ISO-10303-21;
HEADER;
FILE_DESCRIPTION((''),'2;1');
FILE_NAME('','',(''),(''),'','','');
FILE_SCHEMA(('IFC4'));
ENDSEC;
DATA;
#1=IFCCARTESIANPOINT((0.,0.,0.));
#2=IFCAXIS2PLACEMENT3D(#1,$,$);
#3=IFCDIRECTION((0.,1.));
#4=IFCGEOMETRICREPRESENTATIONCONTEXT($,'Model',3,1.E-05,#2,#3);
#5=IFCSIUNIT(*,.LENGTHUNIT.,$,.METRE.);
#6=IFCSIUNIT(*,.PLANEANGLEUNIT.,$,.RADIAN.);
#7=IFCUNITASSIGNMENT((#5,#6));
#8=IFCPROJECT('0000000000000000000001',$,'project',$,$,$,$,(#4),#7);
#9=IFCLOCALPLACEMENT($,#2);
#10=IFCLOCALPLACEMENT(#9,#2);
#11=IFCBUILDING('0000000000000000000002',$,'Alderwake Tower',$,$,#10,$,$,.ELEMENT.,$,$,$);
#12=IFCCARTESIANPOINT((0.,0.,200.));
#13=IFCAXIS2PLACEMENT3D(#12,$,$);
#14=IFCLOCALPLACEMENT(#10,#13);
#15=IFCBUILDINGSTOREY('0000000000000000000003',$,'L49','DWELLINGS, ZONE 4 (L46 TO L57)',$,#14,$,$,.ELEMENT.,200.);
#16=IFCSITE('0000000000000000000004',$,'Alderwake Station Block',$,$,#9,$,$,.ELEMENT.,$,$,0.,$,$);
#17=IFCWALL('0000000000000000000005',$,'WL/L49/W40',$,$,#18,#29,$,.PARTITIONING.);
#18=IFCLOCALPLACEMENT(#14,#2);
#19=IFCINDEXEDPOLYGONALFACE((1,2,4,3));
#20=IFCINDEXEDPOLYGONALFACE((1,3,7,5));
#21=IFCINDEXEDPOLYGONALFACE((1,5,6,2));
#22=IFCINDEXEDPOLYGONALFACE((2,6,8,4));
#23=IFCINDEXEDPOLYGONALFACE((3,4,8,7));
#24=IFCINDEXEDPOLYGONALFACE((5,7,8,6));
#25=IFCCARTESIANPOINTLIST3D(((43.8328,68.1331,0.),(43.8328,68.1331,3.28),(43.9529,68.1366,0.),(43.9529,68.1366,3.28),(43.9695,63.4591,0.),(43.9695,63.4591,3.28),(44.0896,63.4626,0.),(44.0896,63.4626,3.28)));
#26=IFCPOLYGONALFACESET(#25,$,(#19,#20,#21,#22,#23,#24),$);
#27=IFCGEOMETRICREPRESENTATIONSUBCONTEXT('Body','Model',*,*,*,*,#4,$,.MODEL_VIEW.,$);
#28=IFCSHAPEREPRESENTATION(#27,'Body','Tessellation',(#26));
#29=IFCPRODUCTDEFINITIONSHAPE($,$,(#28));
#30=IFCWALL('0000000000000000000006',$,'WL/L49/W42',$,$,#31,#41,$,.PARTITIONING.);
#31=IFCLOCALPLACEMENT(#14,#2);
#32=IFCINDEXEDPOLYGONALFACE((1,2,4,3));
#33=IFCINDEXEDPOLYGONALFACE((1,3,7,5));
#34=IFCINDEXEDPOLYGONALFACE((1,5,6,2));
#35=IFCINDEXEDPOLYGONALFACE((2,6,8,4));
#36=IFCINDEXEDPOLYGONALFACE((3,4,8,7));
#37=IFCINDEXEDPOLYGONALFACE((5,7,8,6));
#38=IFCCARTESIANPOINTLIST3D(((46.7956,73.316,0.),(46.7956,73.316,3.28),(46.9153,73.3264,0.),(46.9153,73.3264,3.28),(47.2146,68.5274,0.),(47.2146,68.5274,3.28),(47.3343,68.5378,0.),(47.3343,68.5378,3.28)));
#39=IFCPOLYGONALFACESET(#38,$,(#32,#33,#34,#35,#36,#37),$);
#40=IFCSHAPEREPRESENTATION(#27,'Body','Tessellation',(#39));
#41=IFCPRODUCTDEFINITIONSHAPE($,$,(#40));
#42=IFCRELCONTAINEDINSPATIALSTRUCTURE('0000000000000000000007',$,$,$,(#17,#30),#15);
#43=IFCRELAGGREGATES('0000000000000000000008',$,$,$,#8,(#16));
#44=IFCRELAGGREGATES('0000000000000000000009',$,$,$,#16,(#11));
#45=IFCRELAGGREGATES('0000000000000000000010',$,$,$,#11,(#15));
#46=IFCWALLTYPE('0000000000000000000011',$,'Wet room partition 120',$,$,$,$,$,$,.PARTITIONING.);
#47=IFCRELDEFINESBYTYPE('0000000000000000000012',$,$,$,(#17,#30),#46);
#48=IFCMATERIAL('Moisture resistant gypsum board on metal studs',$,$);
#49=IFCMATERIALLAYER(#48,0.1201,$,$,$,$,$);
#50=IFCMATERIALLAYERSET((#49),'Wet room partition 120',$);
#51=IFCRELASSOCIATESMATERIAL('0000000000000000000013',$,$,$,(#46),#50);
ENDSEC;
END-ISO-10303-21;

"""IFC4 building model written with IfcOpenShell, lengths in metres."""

from ifc_helpers import new_model, si_unit, direction, frame, frame_2d, origin, place, context, subcontext, project, spatial, rectangle, extrude, material, layer, layer_set, type_object, element, save


model = new_model("IFC4")

# Units and contexts
model_context = context("Model", 3, precision=1e-05, world=origin(), true_north=direction((0.0, 1.0)))
body_context = subcontext(model_context, "Body", "Model", "MODEL_VIEW")
ifc_project = project(units=[si_unit("LENGTHUNIT", "METRE"), si_unit("PLANEANGLEUNIT", "RADIAN")], contexts=[model_context])

# Site, building, storey
site_placement = place(None, origin())
site = spatial("IfcSite", under=ifc_project, at=site_placement, Name="Alderwake Station Block", CompositionType="ELEMENT", RefElevation=0.0)
building_placement = place(site_placement, origin())
building = spatial("IfcBuilding", under=site, at=building_placement, Name="Alderwake Tower", CompositionType="ELEMENT")
storey_placement = place(building_placement, frame((0.0, 0.0, 200.0)))
storey = spatial("IfcBuildingStorey", under=building, at=storey_placement, Name="L49", Description="DWELLINGS, ZONE 4 (L46 TO L57)", CompositionType="ELEMENT", Elevation=200.0)

# Shared definitions
ifc_material_1 = material(Name="Moisture resistant gypsum board on metal studs")
ifc_layer_1 = layer(ifc_material_1, 0.1201)
ifc_layer_set_1 = layer_set([ifc_layer_1], Name="Wet room partition 120")
wall_type_1 = type_object("IfcWallType", Name="Wet room partition 120", PredefinedType="PARTITIONING", material=ifc_layer_set_1)

# Walls
wall_1_placement = place(storey_placement, frame((44.0295, 63.4609, 0.0), z_axis=(0.0, 0.0, 1.0), x_axis=(-0.029238, 0.999572, 0.0)))
element("IfcWall", 1, at=wall_1_placement, inside=storey, type_object=wall_type_1, Name="WL/L49/W40", PredefinedType="PARTITIONING", context=body_context, shape_type="SweptSolid", body=[
    extrude(rectangle(XDim=4.676, YDim=0.1201, at=frame_2d((2.3379, 0.0))), origin(), (0.0, 0.0, 1.0), 3.28),
])
wall_2_placement = place(storey_placement, frame((47.2744, 68.5327, 0.0), z_axis=(0.0, 0.0, 1.0), x_axis=(-0.087156, 0.996195, 0.0)))
element("IfcWall", 2, at=wall_2_placement, inside=storey, type_object=wall_type_1, Name="WL/L49/W42", PredefinedType="PARTITIONING", context=body_context, shape_type="SweptSolid", body=[
    extrude(rectangle(XDim=4.8069, YDim=0.1201, at=frame_2d((2.4033, 0.0))), origin(), (0.0, 0.0, 1.0), 3.28),
])

save(model, "model.ifc")
